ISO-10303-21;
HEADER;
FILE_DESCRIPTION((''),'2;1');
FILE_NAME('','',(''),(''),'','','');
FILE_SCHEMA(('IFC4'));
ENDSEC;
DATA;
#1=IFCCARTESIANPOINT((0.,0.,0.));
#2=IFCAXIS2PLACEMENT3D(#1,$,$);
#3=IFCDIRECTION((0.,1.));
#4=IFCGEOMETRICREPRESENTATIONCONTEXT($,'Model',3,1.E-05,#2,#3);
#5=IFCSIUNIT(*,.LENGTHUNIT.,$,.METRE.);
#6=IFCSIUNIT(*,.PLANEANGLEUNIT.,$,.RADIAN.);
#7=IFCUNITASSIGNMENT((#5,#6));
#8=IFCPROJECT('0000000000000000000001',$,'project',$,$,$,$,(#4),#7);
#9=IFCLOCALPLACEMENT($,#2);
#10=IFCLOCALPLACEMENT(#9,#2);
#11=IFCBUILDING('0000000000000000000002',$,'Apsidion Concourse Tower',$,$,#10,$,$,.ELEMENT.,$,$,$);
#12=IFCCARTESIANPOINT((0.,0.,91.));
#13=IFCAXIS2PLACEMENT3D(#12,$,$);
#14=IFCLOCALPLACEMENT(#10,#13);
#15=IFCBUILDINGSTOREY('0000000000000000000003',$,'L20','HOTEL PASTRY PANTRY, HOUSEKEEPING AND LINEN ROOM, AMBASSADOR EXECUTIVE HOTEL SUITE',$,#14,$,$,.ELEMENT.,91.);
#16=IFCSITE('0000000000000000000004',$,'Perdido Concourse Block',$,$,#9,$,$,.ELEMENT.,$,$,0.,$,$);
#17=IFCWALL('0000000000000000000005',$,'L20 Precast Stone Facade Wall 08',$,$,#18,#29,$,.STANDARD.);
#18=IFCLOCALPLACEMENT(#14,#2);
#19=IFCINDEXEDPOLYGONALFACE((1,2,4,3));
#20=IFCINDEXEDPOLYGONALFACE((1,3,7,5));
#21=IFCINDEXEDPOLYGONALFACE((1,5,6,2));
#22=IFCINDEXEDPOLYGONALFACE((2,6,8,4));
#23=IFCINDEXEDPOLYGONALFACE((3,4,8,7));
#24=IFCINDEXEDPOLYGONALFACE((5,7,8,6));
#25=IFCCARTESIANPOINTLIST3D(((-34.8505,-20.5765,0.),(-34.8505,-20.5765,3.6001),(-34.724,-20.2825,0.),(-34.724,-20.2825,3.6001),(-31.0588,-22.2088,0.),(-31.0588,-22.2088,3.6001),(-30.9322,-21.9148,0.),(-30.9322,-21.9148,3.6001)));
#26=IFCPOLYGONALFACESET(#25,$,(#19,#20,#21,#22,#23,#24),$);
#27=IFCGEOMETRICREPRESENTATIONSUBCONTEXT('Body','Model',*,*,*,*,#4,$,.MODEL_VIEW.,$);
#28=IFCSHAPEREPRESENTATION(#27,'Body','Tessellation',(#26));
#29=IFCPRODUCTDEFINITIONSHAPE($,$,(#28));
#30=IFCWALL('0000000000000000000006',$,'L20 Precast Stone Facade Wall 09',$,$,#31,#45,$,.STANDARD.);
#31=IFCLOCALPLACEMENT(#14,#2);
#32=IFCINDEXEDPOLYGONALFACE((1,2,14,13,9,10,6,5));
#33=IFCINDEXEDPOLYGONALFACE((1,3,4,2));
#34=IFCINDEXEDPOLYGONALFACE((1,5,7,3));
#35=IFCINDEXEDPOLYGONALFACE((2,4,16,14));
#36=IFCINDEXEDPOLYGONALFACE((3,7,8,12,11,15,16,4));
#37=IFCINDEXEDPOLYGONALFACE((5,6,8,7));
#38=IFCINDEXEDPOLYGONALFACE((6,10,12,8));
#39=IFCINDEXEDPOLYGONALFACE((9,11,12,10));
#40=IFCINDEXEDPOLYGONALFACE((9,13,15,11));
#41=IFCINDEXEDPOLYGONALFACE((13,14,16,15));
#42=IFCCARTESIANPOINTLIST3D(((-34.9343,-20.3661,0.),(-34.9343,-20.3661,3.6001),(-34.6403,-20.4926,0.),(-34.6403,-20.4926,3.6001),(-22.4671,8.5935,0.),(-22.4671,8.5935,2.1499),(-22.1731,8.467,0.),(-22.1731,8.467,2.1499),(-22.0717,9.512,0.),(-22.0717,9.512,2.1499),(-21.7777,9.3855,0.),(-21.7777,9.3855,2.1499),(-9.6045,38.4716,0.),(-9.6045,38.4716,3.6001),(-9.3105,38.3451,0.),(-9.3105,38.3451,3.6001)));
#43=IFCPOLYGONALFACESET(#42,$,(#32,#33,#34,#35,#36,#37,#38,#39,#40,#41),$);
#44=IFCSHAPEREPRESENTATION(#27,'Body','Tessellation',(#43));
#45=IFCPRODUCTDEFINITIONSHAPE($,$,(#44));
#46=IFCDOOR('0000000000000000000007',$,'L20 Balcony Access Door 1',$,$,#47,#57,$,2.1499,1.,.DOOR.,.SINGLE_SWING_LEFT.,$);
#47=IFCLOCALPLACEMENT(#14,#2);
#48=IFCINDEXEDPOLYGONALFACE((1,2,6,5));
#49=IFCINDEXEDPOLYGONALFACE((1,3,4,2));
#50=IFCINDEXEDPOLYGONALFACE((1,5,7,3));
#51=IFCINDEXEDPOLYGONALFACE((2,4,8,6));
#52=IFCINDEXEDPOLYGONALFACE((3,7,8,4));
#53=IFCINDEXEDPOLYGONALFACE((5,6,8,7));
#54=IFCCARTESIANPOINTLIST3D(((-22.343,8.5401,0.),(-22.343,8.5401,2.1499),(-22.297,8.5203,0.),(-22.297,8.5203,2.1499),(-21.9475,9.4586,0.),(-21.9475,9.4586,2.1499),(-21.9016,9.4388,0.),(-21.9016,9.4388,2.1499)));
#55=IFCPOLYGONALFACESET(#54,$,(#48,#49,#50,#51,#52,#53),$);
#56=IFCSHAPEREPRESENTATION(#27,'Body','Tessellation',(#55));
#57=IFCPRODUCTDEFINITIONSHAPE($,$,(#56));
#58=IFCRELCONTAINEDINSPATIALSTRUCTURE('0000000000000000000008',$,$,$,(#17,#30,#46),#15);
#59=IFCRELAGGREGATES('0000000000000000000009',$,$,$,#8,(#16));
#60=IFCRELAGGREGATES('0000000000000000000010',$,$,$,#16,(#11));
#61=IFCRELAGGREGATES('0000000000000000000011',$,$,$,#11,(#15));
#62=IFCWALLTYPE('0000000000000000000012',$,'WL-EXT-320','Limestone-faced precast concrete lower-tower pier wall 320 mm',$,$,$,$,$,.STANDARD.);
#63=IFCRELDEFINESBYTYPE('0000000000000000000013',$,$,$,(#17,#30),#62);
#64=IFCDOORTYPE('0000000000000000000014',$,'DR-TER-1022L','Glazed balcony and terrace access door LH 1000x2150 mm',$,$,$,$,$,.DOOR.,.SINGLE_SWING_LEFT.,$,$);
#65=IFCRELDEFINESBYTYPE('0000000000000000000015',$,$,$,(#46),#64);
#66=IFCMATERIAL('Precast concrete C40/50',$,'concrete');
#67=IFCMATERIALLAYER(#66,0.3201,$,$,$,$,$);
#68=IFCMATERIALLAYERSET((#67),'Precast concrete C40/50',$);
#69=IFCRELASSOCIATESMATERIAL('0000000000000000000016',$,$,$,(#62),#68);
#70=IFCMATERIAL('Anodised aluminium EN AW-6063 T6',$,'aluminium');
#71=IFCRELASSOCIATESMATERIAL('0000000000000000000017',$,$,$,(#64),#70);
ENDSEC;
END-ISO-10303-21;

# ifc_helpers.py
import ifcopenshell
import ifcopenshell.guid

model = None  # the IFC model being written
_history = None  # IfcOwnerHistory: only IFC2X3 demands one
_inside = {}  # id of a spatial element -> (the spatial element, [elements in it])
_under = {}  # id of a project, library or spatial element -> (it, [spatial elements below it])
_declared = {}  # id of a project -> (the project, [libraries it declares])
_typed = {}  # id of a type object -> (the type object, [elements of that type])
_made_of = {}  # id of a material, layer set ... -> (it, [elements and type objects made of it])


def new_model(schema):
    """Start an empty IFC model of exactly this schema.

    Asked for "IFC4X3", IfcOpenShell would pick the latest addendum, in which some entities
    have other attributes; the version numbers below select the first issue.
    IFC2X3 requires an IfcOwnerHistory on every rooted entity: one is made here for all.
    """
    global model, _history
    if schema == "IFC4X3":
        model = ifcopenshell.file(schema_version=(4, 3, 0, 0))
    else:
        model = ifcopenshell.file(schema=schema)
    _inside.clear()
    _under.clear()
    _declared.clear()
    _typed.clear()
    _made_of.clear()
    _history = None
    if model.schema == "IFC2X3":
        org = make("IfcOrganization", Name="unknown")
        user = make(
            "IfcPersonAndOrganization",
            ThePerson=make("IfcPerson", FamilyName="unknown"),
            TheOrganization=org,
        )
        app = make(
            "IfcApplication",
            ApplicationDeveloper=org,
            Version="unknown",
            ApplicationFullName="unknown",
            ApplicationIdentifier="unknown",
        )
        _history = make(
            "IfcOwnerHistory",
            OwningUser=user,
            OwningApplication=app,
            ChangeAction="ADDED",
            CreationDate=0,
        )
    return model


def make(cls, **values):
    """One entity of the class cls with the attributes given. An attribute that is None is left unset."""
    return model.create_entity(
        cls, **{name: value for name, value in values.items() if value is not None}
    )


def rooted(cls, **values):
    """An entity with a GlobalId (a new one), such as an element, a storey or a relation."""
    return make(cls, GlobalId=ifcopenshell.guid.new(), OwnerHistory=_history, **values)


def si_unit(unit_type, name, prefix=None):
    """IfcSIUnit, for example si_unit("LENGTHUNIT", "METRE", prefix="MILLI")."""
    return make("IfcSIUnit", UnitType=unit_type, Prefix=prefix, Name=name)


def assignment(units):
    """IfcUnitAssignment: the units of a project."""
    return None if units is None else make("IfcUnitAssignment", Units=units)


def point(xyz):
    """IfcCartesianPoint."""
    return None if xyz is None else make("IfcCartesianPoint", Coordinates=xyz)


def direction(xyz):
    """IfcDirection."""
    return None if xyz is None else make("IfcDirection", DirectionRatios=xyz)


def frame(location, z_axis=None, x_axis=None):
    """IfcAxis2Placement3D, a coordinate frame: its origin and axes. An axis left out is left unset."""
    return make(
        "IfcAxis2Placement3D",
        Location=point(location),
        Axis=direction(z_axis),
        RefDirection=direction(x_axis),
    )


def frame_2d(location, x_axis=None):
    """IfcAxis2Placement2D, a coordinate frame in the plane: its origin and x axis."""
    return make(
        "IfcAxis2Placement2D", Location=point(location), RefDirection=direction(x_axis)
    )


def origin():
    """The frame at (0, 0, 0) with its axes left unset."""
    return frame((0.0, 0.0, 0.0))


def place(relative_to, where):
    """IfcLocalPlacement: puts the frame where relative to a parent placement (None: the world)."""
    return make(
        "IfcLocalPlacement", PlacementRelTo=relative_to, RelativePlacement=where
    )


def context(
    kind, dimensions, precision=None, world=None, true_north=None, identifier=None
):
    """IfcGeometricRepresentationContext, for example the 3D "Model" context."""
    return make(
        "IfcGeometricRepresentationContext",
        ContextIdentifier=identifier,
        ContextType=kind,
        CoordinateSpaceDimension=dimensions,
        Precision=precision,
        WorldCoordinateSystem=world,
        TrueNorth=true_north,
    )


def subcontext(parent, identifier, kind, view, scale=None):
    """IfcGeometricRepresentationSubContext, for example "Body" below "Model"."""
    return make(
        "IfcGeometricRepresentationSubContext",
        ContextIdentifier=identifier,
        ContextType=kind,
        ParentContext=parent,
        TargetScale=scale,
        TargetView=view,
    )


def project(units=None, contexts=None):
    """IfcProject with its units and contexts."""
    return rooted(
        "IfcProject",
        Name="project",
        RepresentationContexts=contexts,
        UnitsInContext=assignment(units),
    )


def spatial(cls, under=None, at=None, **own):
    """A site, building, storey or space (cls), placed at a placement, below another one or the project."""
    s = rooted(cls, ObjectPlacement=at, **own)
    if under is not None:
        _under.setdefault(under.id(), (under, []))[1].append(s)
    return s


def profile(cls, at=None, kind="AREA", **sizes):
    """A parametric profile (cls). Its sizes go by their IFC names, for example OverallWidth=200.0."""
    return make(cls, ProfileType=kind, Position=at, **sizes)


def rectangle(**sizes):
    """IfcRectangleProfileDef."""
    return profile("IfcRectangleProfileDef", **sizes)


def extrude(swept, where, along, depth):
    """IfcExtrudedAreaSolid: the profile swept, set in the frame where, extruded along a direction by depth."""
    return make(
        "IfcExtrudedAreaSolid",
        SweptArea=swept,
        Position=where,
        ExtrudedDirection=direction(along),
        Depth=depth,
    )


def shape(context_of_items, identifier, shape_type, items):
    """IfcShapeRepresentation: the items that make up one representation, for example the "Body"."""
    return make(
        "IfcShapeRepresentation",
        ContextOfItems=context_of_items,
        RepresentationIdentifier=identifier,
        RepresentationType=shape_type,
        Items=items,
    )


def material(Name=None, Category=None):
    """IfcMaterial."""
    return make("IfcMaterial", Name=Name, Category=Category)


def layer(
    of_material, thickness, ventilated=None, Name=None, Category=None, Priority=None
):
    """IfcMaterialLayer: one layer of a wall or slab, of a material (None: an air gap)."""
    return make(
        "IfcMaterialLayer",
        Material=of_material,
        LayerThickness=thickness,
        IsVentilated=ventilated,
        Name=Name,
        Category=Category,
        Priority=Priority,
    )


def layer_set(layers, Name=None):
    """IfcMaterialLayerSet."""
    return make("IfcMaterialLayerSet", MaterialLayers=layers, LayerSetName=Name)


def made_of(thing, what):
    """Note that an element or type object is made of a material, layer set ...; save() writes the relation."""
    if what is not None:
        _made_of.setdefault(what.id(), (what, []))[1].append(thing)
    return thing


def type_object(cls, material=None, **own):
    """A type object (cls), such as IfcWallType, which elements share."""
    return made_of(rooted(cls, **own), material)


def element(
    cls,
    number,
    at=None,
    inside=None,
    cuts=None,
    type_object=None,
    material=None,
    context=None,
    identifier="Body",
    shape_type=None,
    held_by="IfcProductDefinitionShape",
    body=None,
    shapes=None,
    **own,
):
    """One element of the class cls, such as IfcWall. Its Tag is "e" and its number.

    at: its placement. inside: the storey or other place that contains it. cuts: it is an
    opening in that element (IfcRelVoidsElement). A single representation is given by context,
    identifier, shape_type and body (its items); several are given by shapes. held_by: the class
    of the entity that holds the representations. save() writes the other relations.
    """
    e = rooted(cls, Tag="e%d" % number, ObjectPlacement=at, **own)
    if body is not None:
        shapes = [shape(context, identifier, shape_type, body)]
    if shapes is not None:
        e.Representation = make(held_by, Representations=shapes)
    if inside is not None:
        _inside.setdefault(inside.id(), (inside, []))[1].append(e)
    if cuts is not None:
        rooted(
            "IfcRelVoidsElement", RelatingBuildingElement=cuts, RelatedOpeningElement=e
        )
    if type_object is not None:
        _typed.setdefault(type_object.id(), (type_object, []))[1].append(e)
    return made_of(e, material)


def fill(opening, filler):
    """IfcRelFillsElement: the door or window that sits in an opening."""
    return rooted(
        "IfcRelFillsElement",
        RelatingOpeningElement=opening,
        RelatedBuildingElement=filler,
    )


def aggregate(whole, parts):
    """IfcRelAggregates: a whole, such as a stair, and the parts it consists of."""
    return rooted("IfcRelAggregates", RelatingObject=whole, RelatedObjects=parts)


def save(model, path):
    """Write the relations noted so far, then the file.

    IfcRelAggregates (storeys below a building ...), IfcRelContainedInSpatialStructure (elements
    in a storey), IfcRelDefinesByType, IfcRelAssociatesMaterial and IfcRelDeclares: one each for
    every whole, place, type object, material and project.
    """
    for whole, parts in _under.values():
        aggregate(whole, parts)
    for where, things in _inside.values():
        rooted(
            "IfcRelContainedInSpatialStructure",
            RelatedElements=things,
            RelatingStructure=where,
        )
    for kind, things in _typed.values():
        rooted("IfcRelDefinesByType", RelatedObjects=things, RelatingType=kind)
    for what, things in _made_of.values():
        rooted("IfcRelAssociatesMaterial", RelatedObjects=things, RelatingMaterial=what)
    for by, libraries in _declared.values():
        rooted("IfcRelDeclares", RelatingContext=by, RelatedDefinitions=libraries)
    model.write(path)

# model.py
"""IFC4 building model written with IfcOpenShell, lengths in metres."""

from ifc_helpers import new_model, si_unit, direction, frame, frame_2d, origin, place, context, subcontext, project, spatial, rectangle, extrude, material, layer, layer_set, type_object, element, fill, save


model = new_model("IFC4")

# Units and contexts
model_context = context("Model", 3, precision=1e-05, world=origin(), true_north=direction((0.0, 1.0)))
body_context = subcontext(model_context, "Body", "Model", "MODEL_VIEW")
ifc_project = project(units=[si_unit("LENGTHUNIT", "METRE"), si_unit("PLANEANGLEUNIT", "RADIAN")], contexts=[model_context])

# Site, building, storey
site_placement = place(None, origin())
site = spatial("IfcSite", under=ifc_project, at=site_placement, Name="Perdido Concourse Block", CompositionType="ELEMENT", RefElevation=0.0)
building_placement = place(site_placement, origin())
building = spatial("IfcBuilding", under=site, at=building_placement, Name="Apsidion Concourse Tower", CompositionType="ELEMENT")
storey_placement = place(building_placement, frame((0.0, 0.0, 91.0)))
storey = spatial("IfcBuildingStorey", under=building, at=storey_placement, Name="L20", Description="HOTEL PASTRY PANTRY, HOUSEKEEPING AND LINEN ROOM, AMBASSADOR EXECUTIVE HOTEL SUITE", CompositionType="ELEMENT", Elevation=91.0)

# Wall
ifc_material_1 = material(Name="Precast concrete C40/50", Category="concrete")
ifc_layer_1 = layer(ifc_material_1, 0.3201)
ifc_layer_set_1 = layer_set([ifc_layer_1], Name="Precast concrete C40/50")
wall_type = type_object("IfcWallType", Name="WL-EXT-320", Description="Limestone-faced precast concrete lower-tower pier wall 320 mm", PredefinedType="STANDARD", material=ifc_layer_set_1)
wall_1_placement = place(storey_placement, frame((-30.9956, -22.0618, 0.0), z_axis=(0.0, 0.0, 1.0), x_axis=(-0.918504, 0.395411, 0.0)))
element("IfcWall", 1, at=wall_1_placement, inside=storey, type_object=wall_type, Name="L20 Precast Stone Facade Wall 08", PredefinedType="STANDARD", context=body_context, shape_type="SweptSolid", body=[
    extrude(rectangle(XDim=4.1282, YDim=0.3201, at=frame_2d((2.064, 0.0))), origin(), (0.0, 0.0, 1.0), 3.6001),
])

# Wall, opening, door
wall_2_placement = place(storey_placement, frame((-34.7874, -20.4294, 0.0), z_axis=(0.0, 0.0, 1.0), x_axis=(0.395418, 0.918501, 0.0)))
wall_2 = element("IfcWall", 2, at=wall_2_placement, inside=storey, type_object=wall_type, Name="L20 Precast Stone Facade Wall 09", PredefinedType="STANDARD", context=body_context, shape_type="SweptSolid", body=[
    extrude(rectangle(XDim=64.0583, YDim=0.3201, at=frame_2d((32.0293, 0.0))), origin(), (0.0, 0.0, 1.0), 3.6001),
])
opening_placement = place(wall_2_placement, frame((31.5293, 0.0, 0.0)))
opening = element("IfcOpeningElement", 3, at=opening_placement, cuts=wall_2, PredefinedType="OPENING", context=body_context, shape_type="SweptSolid", body=[
    extrude(rectangle(XDim=1.0, YDim=2.1499, at=frame_2d((0.5, 1.075))), frame((0.0, 0.1699, 0.0), z_axis=(0.0, -1.0, 0.0), x_axis=(1.0, 0.0, 0.0)), (0.0, 0.0, 1.0), 0.3401),
])
ifc_material_2 = material(Name="Anodised aluminium EN AW-6063 T6", Category="aluminium")
door_type = type_object("IfcDoorType", Name="DR-TER-1022L", Description="Glazed balcony and terrace access door LH 1000x2150 mm", OperationType="SINGLE_SWING_LEFT", PredefinedType="DOOR", material=ifc_material_2)
door_placement = place(opening_placement, origin())
door = element("IfcDoor", 4, at=door_placement, inside=storey, type_object=door_type, Name="L20 Balcony Access Door 1", OperationType="SINGLE_SWING_LEFT", OverallHeight=2.1499, OverallWidth=1.0, PredefinedType="DOOR", context=body_context, shape_type="SweptSolid", body=[
    extrude(rectangle(XDim=1.0, YDim=2.1499, at=frame_2d((0.5, 1.075))), frame((0.0, 0.0249, 0.0), z_axis=(0.0, -1.0, 0.0), x_axis=(1.0, 0.0, 0.0)), (0.0, 0.0, 1.0), 0.05),
])
fill(opening, door)

save(model, "model.ifc")
